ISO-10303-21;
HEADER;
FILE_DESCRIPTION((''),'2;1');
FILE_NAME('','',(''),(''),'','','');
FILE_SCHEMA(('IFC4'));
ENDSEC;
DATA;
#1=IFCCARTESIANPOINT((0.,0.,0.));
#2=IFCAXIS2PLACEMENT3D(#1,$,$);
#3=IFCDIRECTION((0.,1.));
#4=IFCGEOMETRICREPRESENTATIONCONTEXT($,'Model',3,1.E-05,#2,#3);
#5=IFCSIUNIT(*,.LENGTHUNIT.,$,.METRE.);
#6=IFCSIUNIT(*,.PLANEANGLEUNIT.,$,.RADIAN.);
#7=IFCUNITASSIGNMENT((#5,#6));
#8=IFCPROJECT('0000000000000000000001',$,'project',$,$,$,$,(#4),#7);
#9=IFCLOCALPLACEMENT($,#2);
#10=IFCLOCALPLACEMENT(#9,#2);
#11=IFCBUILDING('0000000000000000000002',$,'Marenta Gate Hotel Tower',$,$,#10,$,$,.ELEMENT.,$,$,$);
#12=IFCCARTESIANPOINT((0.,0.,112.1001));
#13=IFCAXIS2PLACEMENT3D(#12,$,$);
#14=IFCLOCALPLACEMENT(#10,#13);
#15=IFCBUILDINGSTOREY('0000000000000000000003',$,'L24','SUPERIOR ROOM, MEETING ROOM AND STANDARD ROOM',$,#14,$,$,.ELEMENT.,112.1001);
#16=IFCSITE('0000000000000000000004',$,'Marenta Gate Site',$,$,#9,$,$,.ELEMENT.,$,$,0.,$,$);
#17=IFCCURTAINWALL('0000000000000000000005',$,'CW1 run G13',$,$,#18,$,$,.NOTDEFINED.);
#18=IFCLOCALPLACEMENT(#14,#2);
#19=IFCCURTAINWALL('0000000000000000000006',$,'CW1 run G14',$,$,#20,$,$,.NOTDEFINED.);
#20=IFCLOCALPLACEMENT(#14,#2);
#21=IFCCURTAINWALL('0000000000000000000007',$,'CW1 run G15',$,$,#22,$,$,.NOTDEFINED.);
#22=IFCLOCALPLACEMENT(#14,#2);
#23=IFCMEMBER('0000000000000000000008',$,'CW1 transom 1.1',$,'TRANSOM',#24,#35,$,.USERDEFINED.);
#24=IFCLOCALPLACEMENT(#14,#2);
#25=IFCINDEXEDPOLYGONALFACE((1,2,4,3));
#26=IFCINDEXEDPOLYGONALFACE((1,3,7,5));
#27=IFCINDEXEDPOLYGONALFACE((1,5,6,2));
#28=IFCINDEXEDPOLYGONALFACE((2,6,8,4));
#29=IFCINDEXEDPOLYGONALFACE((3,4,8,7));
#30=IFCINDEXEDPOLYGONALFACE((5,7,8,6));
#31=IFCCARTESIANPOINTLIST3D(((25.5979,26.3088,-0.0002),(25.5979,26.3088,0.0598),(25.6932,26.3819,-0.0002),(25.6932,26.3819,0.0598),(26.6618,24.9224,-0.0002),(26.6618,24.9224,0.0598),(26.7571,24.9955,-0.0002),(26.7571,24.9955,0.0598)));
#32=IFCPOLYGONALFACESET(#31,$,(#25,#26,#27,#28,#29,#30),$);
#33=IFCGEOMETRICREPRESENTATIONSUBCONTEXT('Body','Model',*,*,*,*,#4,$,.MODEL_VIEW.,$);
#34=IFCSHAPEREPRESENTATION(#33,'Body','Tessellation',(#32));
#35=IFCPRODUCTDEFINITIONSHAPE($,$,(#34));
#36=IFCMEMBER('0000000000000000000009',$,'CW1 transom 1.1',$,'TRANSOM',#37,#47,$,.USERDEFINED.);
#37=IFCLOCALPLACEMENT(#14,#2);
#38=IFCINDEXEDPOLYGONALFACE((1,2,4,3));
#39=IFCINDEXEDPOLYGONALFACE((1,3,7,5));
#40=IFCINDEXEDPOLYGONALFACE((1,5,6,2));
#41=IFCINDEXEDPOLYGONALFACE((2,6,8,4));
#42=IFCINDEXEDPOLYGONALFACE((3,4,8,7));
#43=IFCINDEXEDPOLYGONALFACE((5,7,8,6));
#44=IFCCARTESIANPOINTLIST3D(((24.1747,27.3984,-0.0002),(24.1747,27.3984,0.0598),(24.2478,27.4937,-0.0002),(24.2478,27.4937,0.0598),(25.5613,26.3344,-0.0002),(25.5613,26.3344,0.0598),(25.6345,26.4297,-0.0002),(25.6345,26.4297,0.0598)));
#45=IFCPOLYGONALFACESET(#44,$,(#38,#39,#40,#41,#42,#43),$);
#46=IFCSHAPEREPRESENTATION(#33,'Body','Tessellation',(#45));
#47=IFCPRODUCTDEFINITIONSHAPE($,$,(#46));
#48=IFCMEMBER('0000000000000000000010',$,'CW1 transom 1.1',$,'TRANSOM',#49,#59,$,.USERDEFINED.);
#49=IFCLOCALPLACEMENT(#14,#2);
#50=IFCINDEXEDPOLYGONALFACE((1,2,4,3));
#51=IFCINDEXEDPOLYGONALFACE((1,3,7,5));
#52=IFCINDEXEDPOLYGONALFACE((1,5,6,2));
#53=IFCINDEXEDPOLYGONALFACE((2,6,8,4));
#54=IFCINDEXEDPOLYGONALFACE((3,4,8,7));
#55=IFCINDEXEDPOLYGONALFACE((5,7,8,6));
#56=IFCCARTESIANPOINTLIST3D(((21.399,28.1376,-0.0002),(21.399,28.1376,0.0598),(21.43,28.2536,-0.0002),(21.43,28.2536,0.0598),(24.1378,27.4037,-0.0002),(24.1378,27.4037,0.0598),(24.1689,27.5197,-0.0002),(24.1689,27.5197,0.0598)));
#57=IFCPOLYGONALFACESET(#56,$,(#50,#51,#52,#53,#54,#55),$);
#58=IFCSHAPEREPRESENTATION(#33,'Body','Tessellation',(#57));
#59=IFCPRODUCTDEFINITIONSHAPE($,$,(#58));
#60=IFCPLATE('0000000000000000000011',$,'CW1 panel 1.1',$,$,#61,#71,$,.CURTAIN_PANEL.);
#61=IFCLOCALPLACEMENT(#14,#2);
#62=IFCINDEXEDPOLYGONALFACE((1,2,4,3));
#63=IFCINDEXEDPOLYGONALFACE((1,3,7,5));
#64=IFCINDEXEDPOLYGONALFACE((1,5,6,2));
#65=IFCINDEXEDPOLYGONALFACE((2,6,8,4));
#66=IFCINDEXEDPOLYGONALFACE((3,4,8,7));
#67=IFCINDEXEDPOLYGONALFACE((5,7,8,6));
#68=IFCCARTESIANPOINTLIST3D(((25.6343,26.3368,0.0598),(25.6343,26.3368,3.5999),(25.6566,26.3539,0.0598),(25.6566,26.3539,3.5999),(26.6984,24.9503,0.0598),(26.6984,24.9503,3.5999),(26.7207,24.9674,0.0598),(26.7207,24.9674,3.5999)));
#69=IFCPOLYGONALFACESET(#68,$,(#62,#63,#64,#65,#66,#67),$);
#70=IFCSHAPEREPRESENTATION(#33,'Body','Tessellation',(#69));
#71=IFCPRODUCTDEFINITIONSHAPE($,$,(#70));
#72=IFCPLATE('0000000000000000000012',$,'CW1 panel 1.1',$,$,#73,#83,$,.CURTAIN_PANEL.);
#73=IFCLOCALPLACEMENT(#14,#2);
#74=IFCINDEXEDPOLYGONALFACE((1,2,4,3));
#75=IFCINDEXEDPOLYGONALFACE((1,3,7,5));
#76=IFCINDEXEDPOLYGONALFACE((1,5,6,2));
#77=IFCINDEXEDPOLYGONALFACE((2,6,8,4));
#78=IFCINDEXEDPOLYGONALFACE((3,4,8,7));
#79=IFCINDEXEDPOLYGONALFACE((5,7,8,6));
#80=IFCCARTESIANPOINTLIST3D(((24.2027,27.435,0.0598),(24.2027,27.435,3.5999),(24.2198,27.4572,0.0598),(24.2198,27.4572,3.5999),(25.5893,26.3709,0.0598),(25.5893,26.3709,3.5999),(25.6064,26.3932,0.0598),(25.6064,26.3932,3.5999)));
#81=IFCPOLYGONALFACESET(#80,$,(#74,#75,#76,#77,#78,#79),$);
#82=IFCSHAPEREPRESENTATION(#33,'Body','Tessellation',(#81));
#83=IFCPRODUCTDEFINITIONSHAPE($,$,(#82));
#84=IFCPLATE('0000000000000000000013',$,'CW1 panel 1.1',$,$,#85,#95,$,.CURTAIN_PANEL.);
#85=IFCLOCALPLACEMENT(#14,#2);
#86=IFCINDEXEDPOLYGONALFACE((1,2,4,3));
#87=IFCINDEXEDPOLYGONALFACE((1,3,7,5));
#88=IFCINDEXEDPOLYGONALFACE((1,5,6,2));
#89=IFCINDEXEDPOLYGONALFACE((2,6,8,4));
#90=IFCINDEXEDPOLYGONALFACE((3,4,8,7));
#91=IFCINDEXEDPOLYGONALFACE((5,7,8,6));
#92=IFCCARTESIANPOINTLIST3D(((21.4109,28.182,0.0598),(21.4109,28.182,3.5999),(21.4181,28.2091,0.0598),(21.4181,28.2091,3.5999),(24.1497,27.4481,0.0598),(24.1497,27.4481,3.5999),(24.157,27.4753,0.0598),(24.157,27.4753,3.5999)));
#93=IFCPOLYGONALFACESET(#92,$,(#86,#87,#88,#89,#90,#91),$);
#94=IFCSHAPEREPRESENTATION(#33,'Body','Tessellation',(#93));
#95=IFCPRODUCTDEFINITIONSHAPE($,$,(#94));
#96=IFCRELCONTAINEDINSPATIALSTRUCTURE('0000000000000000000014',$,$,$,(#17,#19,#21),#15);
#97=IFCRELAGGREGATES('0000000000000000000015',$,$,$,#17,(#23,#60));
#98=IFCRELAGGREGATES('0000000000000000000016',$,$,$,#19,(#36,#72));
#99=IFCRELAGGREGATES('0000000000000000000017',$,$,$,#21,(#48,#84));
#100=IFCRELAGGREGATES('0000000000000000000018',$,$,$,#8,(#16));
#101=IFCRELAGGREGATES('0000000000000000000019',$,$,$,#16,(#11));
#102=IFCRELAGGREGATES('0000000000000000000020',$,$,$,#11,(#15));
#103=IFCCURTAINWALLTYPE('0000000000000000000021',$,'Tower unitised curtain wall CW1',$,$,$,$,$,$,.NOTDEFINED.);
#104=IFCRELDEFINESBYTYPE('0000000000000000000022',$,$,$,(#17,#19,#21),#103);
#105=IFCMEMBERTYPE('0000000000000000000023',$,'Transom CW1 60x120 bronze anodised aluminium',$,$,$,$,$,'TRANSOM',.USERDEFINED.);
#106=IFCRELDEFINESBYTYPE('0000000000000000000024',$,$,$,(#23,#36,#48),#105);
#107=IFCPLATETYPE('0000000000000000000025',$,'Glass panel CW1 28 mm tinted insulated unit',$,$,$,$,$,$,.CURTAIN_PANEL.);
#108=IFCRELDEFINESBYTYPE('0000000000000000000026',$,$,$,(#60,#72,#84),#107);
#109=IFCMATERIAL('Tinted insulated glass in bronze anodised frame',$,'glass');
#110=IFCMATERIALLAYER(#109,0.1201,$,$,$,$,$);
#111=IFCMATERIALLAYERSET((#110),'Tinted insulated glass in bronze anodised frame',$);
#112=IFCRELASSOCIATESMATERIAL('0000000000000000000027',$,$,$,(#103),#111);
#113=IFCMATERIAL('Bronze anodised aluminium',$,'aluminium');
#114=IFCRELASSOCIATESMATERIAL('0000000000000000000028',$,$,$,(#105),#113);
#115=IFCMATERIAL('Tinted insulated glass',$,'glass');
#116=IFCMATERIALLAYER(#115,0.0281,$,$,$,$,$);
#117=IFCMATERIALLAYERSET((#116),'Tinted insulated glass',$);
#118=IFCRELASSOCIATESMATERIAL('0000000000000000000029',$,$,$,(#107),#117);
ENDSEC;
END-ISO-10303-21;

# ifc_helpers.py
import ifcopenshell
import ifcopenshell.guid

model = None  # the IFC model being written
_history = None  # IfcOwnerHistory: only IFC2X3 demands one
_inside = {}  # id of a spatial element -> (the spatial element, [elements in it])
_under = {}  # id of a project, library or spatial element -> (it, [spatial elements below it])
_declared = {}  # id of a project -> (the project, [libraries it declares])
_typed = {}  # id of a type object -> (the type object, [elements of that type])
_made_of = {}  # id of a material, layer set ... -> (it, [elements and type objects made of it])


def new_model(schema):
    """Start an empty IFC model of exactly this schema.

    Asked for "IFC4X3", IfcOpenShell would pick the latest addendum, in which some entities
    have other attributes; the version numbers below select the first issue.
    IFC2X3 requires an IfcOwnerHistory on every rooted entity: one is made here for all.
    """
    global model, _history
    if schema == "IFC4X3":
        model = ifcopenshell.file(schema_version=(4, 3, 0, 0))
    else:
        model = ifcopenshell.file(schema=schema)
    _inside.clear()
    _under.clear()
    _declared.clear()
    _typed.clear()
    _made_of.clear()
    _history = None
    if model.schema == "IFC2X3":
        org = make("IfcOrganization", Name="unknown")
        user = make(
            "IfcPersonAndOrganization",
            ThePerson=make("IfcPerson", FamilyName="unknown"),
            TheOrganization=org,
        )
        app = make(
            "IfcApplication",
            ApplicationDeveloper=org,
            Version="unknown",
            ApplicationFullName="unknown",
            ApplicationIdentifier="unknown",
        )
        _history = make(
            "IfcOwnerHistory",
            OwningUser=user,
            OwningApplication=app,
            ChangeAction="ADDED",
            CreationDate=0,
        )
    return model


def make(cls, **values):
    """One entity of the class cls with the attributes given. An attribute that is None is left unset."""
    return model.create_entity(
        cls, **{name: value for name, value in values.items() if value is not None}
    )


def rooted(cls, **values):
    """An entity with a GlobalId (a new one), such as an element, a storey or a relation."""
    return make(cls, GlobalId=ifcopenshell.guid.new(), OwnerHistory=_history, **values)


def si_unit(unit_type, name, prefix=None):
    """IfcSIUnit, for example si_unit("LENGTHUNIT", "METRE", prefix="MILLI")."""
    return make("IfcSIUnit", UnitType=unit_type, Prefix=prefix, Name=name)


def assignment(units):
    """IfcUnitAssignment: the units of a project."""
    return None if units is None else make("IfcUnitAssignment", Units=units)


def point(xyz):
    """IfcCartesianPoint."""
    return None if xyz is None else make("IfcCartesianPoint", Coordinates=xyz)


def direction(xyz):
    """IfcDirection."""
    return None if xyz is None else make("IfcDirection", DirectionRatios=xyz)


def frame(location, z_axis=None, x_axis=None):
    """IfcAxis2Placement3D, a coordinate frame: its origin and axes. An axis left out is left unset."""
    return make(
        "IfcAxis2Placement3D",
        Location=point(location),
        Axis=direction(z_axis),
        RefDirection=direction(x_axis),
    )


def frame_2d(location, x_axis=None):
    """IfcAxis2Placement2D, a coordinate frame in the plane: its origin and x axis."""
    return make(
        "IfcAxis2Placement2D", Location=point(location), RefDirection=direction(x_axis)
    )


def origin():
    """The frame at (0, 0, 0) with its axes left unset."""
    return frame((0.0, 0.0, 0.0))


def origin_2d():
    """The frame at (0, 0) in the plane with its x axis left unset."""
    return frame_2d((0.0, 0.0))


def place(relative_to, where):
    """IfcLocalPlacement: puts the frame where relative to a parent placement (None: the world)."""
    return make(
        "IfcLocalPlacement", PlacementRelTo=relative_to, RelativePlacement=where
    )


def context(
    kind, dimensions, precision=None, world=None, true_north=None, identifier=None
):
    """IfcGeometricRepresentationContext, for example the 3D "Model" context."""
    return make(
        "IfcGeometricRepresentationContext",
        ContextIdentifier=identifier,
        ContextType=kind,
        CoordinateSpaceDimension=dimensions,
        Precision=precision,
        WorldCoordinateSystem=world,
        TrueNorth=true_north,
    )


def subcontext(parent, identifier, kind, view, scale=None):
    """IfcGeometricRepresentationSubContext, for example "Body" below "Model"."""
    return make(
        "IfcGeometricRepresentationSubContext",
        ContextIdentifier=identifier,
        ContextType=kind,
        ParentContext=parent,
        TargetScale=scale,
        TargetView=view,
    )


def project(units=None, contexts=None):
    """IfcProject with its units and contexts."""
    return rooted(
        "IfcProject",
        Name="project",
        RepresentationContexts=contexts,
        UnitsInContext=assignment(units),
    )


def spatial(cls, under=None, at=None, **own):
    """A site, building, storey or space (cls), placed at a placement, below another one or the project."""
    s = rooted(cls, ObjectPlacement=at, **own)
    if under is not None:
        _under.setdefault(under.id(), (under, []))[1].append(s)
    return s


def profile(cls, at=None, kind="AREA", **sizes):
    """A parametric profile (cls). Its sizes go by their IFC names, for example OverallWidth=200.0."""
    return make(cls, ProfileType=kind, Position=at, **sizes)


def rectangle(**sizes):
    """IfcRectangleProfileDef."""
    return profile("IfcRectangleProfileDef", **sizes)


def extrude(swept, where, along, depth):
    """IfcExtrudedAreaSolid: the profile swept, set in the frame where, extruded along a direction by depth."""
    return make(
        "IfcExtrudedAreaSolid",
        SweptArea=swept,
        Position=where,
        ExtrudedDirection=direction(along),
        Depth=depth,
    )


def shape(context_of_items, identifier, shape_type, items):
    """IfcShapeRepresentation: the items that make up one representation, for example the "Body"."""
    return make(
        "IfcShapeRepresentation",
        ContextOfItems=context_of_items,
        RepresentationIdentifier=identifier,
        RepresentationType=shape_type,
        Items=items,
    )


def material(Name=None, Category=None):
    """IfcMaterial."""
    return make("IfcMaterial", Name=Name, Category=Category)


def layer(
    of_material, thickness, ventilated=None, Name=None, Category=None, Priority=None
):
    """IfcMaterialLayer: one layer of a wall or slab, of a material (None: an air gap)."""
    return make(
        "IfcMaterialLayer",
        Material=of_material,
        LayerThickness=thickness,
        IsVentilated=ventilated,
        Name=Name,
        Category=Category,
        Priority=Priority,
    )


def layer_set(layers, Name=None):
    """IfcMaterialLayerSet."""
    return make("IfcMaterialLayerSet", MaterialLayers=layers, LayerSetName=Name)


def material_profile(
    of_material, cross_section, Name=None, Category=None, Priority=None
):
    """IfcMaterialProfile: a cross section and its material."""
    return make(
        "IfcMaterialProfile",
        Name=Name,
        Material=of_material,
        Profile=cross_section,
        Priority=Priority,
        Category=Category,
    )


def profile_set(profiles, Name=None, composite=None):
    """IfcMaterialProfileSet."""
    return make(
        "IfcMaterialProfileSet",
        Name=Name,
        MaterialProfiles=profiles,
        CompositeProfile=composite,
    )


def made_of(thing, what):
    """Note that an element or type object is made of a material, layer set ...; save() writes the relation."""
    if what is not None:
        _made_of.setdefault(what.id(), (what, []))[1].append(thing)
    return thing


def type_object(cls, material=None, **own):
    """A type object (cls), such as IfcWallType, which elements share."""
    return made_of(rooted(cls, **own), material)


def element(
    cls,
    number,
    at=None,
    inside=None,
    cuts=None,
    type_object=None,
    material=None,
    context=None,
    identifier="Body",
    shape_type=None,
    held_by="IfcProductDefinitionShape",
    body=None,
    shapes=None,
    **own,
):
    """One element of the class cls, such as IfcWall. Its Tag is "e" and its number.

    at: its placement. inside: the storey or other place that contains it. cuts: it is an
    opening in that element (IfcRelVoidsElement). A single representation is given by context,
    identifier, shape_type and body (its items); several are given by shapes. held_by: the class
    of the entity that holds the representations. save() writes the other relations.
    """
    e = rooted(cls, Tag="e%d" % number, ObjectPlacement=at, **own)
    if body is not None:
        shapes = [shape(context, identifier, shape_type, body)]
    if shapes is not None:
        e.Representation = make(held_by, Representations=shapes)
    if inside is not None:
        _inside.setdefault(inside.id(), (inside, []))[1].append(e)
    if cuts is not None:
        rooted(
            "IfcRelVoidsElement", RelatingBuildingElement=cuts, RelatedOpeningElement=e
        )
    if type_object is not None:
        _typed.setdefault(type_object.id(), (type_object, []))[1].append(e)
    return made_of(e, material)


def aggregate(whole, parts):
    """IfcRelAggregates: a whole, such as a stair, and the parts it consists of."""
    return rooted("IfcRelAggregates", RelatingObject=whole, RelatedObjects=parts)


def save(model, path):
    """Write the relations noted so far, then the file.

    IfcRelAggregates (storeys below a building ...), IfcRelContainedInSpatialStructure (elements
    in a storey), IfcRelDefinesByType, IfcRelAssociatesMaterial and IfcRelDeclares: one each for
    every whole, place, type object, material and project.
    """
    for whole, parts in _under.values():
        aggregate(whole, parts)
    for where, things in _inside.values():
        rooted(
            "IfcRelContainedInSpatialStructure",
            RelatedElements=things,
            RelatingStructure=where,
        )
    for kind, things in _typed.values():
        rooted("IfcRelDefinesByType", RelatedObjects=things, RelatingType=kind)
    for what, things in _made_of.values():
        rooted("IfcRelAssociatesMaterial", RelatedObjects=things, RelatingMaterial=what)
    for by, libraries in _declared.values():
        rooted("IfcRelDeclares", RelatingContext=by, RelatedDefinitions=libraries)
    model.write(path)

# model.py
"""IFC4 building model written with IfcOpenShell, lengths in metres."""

from ifc_helpers import new_model, si_unit, direction, frame, origin, origin_2d, place, context, subcontext, project, spatial, rectangle, extrude, material, layer, layer_set, material_profile, profile_set, type_object, element, aggregate, save


model = new_model("IFC4")

# Units and contexts
model_context = context("Model", 3, precision=1e-05, world=origin(), true_north=direction((0.0, 1.0)))
body_context = subcontext(model_context, "Body", "Model", "MODEL_VIEW")
ifc_project = project(units=[si_unit("LENGTHUNIT", "METRE"), si_unit("PLANEANGLEUNIT", "RADIAN")], contexts=[model_context])

# Site, building, storey
site_placement = place(None, origin())
site = spatial("IfcSite", under=ifc_project, at=site_placement, Name="Marenta Gate Site", CompositionType="ELEMENT", RefElevation=0.0)
building_placement = place(site_placement, origin())
building = spatial("IfcBuilding", under=site, at=building_placement, Name="Marenta Gate Hotel Tower", CompositionType="ELEMENT")
storey_placement = place(building_placement, frame((0.0, 0.0, 112.1001)))
storey = spatial("IfcBuildingStorey", under=building, at=storey_placement, Name="L24", Description="SUPERIOR ROOM, MEETING ROOM AND STANDARD ROOM", CompositionType="ELEMENT", Elevation=112.1001)

# Curtain walls
ifc_material_1 = material(Name="Tinted insulated glass in bronze anodised frame", Category="glass")
ifc_layer_1 = layer(ifc_material_1, 0.1201)
ifc_layer_set_1 = layer_set([ifc_layer_1], Name="Tinted insulated glass in bronze anodised frame")
curtain_wall_type = type_object("IfcCurtainWallType", Name="Tower unitised curtain wall CW1", PredefinedType="NOTDEFINED", material=ifc_layer_set_1)
curtain_wall_1_placement = place(storey_placement, origin())
curtain_wall_1 = element("IfcCurtainWall", 1, at=curtain_wall_1_placement, inside=storey, type_object=curtain_wall_type, Name="CW1 run G13", PredefinedType="NOTDEFINED")
curtain_wall_2_placement = place(storey_placement, origin())
curtain_wall_2 = element("IfcCurtainWall", 2, at=curtain_wall_2_placement, inside=storey, type_object=curtain_wall_type, Name="CW1 run G14", PredefinedType="NOTDEFINED")

# Curtain wall
curtain_wall_3_placement = place(storey_placement, origin())
curtain_wall_3 = element("IfcCurtainWall", 3, at=curtain_wall_3_placement, inside=storey, type_object=curtain_wall_type, Name="CW1 run G15", PredefinedType="NOTDEFINED")

# Members
ifc_material_2 = material(Name="Bronze anodised aluminium", Category="aluminium")
ifc_material_profile_1 = material_profile(ifc_material_2, rectangle(XDim=0.1201, YDim=0.0601, at=origin_2d()), Name="Transom CW1 60x120 bronze anodised aluminium")
ifc_profile_set_1 = profile_set([ifc_material_profile_1], Name="Bronze anodised aluminium")
member_type_1 = type_object("IfcMemberType", Name="Transom CW1 60x120 bronze anodised aluminium", ElementType="TRANSOM", PredefinedType="USERDEFINED", material=ifc_profile_set_1)
member_1_placement = place(storey_placement, frame((26.7095, 24.959, 0.0298), z_axis=(-0.608792, 0.79333, 0.0), x_axis=(-0.79333, -0.608792, 0.0)))
member_1 = element("IfcMember", 4, at=member_1_placement, type_object=member_type_1, Name="CW1 transom 1.1", ObjectType="TRANSOM", PredefinedType="USERDEFINED", context=body_context, shape_type="SweptSolid", body=[
    extrude(rectangle(XDim=0.1201, YDim=0.0601, at=origin_2d()), origin(), (0.0, 0.0, 1.0), 1.7476),
])
member_2_placement = place(storey_placement, frame((25.5979, 26.3821, 0.0298), z_axis=(-0.793381, 0.608725, 0.0), x_axis=(-0.608725, -0.793381, 0.0)))
member_2 = element("IfcMember", 5, at=member_2_placement, type_object=member_type_1, Name="CW1 transom 1.1", ObjectType="TRANSOM", PredefinedType="USERDEFINED", context=body_context, shape_type="SweptSolid", body=[
    extrude(rectangle(XDim=0.1201, YDim=0.0601, at=origin_2d()), origin(), (0.0, 0.0, 1.0), 1.7478),
])
member_3_placement = place(storey_placement, frame((24.1533, 27.4617, 0.0298), z_axis=(-0.965923, 0.258831, 0.0), x_axis=(-0.258831, -0.965923, 0.0)))
member_3 = element("IfcMember", 6, at=member_3_placement, type_object=member_type_1, Name="CW1 transom 1.1", ObjectType="TRANSOM", PredefinedType="USERDEFINED", context=body_context, shape_type="SweptSolid", body=[
    extrude(rectangle(XDim=0.1201, YDim=0.0601, at=origin_2d()), origin(), (0.0, 0.0, 1.0), 2.8354),
])

# Plates
ifc_material_3 = material(Name="Tinted insulated glass", Category="glass")
ifc_layer_2 = layer(ifc_material_3, 0.0281)
ifc_layer_set_2 = layer_set([ifc_layer_2], Name="Tinted insulated glass")
plate_type = type_object("IfcPlateType", Name="Glass panel CW1 28 mm tinted insulated unit", PredefinedType="CURTAIN_PANEL", material=ifc_layer_set_2)
plate_1_placement = place(storey_placement, frame((26.1775, 25.6521, 0.0598), z_axis=(0.0, 0.0, 1.0), x_axis=(-0.608796, 0.793327, 0.0)))
plate_1 = element("IfcPlate", 7, at=plate_1_placement, type_object=plate_type, Name="CW1 panel 1.1", PredefinedType="CURTAIN_PANEL", context=body_context, shape_type="SweptSolid", body=[
    extrude(rectangle(XDim=1.7478, YDim=0.0281, at=origin_2d()), origin(), (0.0, 0.0, 1.0), 3.54),
])
aggregate(curtain_wall_1, [member_1, plate_1])
plate_2_placement = place(storey_placement, frame((24.9045, 26.9141, 0.0598), z_axis=(0.0, 0.0, 1.0), x_axis=(-0.793327, 0.608796, 0.0)))
plate_2 = element("IfcPlate", 8, at=plate_2_placement, type_object=plate_type, Name="CW1 panel 1.1", PredefinedType="CURTAIN_PANEL", context=body_context, shape_type="SweptSolid", body=[
    extrude(rectangle(XDim=1.7478, YDim=0.0281, at=origin_2d()), origin(), (0.0, 0.0, 1.0), 3.54),
])
aggregate(curtain_wall_2, [member_2, plate_2])
plate_3_placement = place(storey_placement, frame((22.7839, 27.8286, 0.0598), z_axis=(0.0, 0.0, 1.0), x_axis=(-0.965929, 0.258806, 0.0)))
plate_3 = element("IfcPlate", 9, at=plate_3_placement, type_object=plate_type, Name="CW1 panel 1.1", PredefinedType="CURTAIN_PANEL", context=body_context, shape_type="SweptSolid", body=[
    extrude(rectangle(XDim=2.8354, YDim=0.0281, at=origin_2d()), origin(), (0.0, 0.0, 1.0), 3.54),
])
aggregate(curtain_wall_3, [member_3, plate_3])

save(model, "model.ifc")
